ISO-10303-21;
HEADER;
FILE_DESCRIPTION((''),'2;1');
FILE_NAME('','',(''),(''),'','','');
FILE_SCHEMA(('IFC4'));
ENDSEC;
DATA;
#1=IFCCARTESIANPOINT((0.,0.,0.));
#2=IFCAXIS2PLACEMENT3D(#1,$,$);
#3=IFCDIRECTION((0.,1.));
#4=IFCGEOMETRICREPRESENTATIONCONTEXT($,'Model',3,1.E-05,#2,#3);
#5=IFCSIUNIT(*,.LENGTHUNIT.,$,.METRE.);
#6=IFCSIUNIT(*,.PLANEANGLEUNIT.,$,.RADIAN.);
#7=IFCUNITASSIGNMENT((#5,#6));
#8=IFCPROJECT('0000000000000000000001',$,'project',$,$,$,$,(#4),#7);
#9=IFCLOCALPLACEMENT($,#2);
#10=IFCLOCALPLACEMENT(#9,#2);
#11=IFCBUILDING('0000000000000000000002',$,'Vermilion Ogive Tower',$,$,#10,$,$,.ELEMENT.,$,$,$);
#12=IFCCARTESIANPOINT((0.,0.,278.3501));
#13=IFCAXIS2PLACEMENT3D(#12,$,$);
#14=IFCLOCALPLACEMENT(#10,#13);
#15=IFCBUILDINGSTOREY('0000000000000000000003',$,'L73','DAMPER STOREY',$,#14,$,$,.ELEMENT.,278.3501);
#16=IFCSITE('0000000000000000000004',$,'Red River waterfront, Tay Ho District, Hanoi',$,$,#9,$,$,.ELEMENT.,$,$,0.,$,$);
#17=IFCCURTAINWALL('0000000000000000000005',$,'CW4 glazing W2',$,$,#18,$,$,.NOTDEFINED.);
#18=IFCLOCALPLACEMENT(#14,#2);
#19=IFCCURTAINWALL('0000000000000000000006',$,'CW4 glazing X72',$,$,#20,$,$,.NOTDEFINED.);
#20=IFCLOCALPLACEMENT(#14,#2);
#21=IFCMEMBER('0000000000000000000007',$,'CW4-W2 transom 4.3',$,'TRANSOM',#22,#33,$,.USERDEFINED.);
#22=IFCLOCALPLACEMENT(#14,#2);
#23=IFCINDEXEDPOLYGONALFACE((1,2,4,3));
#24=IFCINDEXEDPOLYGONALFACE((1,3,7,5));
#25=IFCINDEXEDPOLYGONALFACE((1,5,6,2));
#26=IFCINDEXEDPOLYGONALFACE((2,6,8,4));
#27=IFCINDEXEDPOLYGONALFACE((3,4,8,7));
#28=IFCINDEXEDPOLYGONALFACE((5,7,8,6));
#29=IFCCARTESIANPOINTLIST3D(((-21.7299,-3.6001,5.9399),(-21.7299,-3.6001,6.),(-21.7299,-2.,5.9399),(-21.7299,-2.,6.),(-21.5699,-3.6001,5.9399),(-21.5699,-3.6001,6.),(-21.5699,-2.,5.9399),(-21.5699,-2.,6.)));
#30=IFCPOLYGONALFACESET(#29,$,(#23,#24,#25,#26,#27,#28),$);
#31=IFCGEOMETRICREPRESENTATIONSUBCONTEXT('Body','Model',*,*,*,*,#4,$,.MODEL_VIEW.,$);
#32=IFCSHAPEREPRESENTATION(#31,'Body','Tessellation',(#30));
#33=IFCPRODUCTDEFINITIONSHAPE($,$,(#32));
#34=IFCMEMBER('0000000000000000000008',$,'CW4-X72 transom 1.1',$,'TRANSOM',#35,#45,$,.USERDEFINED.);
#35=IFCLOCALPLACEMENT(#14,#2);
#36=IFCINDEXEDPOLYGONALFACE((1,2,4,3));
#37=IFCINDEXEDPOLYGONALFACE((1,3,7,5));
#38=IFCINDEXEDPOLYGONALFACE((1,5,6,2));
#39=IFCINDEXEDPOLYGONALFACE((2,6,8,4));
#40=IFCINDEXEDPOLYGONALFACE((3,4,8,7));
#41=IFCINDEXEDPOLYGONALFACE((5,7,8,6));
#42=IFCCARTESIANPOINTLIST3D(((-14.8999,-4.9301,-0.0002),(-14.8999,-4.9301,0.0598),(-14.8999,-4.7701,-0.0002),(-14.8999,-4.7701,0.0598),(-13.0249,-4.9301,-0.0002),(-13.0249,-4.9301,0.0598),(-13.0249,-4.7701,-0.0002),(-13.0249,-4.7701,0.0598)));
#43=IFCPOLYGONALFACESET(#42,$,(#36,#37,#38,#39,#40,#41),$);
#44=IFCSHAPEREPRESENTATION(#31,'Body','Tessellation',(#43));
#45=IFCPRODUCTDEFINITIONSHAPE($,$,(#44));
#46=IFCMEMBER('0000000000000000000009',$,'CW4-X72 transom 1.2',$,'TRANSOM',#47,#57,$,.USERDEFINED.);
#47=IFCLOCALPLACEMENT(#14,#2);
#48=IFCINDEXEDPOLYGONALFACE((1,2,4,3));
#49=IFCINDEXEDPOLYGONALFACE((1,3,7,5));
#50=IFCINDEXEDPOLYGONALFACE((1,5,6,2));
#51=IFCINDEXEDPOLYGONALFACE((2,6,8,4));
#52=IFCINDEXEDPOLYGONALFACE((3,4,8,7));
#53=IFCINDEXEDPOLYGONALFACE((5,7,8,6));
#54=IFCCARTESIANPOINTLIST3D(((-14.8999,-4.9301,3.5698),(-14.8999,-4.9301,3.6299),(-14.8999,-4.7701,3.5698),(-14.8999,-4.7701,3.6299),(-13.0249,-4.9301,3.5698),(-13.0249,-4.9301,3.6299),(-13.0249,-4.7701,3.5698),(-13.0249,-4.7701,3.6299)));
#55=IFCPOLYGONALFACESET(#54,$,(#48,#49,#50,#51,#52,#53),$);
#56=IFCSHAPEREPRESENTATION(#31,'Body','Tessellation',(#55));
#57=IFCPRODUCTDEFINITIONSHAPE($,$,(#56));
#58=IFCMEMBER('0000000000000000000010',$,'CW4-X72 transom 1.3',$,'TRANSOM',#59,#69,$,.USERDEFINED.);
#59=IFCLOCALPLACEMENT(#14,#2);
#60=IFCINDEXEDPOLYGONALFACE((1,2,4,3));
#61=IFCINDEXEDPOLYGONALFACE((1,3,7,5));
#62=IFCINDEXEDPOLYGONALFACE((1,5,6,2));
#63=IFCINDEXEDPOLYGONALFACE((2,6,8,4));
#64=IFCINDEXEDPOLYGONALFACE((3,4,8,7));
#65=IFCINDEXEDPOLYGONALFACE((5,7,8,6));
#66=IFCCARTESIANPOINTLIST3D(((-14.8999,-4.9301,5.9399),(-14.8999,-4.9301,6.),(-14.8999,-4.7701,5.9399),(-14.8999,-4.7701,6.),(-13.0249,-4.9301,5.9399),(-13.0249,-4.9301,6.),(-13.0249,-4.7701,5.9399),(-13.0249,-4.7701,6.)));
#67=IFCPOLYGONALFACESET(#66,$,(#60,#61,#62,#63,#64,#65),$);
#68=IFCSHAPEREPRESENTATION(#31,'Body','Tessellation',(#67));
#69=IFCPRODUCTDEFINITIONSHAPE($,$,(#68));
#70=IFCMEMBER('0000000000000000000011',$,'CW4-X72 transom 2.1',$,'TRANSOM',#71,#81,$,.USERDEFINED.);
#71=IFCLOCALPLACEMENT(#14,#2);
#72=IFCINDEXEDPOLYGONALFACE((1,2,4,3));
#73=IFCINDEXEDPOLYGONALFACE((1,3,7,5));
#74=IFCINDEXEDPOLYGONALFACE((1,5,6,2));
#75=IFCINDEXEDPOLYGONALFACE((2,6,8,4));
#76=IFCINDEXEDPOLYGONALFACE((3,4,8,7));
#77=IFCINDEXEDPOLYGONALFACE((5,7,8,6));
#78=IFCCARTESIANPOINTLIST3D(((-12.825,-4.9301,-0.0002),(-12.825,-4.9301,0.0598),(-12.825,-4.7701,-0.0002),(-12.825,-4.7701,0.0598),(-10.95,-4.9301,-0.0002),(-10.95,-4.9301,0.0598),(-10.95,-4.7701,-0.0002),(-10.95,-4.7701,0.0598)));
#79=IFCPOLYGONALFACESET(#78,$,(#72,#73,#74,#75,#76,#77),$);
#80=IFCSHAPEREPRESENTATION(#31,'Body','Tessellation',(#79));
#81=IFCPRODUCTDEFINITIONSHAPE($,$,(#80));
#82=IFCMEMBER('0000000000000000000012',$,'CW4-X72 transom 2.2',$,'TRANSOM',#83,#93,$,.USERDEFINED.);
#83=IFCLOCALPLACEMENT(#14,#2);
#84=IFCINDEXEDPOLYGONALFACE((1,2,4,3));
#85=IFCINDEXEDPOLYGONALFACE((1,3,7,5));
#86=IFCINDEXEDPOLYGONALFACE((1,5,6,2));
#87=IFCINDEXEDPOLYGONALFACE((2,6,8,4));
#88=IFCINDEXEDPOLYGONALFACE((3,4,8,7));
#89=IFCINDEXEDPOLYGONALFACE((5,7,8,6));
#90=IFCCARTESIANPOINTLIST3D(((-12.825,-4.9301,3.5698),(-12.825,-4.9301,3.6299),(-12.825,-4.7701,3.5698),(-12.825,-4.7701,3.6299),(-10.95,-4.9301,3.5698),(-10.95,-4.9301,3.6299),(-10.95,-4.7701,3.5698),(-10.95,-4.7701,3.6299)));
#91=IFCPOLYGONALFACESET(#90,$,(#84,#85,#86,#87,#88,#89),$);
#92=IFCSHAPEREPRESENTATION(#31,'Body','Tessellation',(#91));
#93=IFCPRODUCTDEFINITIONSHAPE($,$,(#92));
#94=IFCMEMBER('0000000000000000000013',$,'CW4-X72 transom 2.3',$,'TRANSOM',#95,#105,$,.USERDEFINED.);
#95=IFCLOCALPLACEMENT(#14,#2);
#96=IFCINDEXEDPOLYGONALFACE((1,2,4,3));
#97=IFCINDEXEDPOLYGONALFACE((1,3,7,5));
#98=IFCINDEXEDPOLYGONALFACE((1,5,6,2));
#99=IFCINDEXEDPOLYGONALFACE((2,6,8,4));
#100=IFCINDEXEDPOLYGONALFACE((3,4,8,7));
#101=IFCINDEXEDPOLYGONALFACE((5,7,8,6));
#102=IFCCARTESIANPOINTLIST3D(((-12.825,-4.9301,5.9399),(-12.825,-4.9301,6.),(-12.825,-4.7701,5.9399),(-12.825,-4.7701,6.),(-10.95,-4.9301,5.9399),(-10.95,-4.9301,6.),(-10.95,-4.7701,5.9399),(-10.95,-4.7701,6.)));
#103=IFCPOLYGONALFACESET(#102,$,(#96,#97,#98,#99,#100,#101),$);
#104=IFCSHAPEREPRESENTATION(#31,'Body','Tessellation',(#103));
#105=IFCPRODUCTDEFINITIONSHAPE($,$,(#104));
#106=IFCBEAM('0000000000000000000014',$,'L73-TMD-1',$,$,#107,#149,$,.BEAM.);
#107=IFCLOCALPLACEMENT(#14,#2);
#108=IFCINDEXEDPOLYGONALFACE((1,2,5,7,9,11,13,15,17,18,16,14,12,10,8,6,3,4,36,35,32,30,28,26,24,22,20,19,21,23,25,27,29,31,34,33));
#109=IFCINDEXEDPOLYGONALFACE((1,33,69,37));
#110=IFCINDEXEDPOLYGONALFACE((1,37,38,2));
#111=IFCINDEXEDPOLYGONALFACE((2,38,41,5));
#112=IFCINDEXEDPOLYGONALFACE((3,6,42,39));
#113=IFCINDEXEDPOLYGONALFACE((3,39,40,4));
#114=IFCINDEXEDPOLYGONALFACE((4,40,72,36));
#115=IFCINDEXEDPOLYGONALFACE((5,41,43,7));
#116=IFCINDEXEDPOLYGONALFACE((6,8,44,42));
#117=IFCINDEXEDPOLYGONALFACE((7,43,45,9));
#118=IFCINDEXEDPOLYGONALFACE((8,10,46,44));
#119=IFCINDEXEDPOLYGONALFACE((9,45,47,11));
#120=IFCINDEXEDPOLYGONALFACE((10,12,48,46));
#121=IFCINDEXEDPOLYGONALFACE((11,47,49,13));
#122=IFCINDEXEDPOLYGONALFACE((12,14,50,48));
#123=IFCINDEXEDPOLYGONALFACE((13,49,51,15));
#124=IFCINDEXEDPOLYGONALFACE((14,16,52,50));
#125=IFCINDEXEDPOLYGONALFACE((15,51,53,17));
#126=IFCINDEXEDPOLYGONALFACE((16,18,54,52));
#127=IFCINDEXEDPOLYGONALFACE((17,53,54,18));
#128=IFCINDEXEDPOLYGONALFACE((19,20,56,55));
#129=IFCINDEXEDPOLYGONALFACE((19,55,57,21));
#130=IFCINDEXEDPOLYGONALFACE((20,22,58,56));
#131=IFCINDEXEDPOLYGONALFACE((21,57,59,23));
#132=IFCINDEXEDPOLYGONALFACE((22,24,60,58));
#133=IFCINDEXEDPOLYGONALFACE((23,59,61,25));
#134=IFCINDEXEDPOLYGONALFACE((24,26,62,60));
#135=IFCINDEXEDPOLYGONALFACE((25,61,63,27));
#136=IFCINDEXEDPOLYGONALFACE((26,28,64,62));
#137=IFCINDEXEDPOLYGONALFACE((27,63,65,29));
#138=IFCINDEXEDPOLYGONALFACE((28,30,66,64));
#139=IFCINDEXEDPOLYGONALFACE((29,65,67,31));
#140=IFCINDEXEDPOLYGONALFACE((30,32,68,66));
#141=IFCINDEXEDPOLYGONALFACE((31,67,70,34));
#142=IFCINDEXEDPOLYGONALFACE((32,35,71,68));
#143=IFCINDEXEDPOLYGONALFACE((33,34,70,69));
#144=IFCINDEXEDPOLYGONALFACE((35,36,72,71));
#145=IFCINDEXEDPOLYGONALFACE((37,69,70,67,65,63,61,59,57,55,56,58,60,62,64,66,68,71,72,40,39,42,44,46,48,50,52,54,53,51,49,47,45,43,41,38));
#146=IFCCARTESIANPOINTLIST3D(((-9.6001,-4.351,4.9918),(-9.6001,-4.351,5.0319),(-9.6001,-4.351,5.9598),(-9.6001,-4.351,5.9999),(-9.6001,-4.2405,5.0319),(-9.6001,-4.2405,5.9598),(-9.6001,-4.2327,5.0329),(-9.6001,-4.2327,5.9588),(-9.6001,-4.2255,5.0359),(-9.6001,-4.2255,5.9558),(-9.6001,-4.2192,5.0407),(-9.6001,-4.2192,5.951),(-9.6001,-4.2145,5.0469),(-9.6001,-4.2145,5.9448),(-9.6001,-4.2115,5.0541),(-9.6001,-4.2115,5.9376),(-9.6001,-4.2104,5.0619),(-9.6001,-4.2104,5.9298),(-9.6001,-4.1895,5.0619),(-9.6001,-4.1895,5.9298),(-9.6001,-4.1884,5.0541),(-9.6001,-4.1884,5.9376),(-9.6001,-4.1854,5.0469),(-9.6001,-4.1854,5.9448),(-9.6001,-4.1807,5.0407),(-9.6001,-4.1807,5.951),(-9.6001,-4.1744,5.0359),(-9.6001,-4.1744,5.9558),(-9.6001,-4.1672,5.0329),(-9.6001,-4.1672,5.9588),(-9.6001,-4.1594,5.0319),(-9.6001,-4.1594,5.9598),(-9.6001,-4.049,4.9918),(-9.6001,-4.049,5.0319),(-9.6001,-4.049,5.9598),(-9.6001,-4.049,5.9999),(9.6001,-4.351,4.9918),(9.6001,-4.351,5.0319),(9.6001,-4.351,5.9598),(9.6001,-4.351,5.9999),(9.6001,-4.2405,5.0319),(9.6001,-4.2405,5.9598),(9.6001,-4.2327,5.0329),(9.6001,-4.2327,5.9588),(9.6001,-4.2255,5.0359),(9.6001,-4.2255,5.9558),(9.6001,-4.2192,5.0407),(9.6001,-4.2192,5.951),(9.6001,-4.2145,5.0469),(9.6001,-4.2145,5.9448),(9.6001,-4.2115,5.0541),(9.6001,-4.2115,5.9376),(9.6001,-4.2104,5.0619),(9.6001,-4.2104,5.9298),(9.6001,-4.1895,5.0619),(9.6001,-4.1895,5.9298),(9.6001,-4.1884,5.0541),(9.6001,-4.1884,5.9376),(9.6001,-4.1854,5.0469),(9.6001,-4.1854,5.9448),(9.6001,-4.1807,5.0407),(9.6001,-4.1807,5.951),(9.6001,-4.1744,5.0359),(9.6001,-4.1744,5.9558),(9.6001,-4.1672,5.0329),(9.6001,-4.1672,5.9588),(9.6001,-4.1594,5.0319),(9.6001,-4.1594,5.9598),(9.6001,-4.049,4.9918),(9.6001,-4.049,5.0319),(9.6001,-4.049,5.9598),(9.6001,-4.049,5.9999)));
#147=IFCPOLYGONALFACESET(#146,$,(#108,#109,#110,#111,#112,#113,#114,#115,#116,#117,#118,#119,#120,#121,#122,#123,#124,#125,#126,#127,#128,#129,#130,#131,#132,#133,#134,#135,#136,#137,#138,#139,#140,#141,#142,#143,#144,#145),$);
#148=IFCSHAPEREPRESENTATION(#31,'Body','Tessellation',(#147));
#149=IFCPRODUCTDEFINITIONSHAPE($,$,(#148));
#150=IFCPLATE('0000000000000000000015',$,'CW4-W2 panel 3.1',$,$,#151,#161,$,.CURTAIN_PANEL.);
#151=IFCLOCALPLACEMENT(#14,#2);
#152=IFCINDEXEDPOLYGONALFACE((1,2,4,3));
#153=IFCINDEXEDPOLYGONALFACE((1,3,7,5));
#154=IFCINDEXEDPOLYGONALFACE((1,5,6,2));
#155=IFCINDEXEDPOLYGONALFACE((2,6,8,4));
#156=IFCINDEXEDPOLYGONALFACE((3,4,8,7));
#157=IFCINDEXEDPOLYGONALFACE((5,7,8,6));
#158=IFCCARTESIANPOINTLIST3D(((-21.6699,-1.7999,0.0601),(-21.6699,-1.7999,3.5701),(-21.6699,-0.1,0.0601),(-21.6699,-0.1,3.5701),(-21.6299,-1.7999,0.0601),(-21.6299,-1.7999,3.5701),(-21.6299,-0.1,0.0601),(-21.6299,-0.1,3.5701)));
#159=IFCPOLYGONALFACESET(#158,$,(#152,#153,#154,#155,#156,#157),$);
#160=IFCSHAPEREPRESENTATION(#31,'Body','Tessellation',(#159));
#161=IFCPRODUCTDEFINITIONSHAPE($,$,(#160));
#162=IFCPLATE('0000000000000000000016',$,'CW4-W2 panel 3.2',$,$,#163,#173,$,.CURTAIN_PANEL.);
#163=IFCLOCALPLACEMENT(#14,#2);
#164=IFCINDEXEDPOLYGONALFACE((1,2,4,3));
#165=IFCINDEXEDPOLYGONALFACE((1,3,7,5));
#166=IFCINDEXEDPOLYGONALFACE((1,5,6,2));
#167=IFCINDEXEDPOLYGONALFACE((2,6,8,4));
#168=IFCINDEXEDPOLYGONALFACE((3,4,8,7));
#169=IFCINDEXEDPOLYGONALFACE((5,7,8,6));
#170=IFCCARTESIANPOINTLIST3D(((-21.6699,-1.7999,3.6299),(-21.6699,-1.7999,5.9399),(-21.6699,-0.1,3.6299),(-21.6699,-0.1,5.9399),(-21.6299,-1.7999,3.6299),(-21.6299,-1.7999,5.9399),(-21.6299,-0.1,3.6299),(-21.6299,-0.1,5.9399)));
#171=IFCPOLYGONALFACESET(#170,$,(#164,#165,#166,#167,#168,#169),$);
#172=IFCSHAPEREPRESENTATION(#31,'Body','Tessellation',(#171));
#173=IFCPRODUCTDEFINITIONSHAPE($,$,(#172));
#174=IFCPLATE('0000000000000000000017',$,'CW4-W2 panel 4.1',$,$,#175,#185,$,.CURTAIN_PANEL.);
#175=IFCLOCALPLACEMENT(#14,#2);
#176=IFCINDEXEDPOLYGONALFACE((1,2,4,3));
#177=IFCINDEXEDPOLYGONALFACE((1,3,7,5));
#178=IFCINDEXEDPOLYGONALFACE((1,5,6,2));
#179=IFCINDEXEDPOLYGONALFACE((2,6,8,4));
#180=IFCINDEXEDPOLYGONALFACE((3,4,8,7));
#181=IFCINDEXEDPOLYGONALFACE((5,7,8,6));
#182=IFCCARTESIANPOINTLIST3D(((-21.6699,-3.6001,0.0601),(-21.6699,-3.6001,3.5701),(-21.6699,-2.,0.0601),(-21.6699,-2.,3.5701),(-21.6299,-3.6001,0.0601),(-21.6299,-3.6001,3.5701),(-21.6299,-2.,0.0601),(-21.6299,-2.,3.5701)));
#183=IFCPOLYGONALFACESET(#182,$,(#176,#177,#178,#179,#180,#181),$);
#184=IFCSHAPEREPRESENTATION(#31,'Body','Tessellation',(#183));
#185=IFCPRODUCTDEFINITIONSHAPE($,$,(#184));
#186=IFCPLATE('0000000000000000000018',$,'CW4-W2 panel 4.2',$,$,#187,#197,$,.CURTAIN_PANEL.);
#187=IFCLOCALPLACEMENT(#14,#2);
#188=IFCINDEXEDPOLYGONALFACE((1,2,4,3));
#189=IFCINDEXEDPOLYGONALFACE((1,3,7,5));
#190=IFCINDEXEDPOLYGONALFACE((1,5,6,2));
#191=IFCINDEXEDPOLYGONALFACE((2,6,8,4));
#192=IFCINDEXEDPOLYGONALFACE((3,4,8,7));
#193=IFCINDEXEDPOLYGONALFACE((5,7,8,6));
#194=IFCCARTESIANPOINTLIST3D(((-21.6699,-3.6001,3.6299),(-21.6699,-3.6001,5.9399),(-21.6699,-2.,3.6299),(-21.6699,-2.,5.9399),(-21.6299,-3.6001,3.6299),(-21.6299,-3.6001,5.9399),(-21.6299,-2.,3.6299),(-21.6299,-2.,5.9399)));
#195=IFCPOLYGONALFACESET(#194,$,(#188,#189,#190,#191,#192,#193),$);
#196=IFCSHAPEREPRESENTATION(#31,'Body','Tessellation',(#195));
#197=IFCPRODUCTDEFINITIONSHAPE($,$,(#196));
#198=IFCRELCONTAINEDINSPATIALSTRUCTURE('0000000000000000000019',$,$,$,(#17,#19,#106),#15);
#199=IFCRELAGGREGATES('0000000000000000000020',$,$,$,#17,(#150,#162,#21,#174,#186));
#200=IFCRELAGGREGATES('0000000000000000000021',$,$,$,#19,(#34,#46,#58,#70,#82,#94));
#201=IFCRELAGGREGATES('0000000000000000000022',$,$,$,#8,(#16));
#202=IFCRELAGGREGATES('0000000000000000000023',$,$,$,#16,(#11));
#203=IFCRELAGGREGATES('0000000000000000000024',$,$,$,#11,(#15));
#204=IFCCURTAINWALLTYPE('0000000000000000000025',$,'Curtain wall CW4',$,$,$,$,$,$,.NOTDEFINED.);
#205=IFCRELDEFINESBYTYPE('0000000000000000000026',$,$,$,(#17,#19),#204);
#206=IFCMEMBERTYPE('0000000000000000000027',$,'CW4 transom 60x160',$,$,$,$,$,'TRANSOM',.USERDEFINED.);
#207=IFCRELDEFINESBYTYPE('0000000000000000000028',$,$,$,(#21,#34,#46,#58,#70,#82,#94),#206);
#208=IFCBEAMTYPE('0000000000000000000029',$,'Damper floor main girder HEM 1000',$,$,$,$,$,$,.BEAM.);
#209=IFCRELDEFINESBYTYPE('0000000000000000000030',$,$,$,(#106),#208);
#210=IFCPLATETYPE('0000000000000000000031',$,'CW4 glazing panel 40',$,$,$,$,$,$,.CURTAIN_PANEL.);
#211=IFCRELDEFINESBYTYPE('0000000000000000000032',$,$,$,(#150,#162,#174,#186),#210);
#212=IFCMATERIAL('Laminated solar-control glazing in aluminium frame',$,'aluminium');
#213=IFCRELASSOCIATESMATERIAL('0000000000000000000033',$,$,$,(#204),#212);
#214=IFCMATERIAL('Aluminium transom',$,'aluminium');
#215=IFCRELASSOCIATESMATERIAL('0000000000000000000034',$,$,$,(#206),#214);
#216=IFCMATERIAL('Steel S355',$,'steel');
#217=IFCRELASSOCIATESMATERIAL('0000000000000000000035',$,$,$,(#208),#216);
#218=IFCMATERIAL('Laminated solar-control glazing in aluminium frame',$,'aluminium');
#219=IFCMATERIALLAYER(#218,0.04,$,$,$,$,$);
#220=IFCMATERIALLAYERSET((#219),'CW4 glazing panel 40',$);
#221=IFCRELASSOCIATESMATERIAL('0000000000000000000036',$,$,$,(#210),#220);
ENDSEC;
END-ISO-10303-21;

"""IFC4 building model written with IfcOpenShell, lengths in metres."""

from ifc_helpers import new_model, si_unit, direction, frame, origin, origin_2d, place, context, subcontext, project, spatial, rectangle, i_section, extrude, material, layer, layer_set, material_profile, profile_set, type_object, element, aggregate, save


model = new_model("IFC4")

# Units and contexts
model_context = context("Model", 3, precision=1e-05, world=origin(), true_north=direction((0.0, 1.0)))
body_context = subcontext(model_context, "Body", "Model", "MODEL_VIEW")
ifc_project = project(units=[si_unit("LENGTHUNIT", "METRE"), si_unit("PLANEANGLEUNIT", "RADIAN")], contexts=[model_context])

# Site, building, storey
site_placement = place(None, origin())
site = spatial("IfcSite", under=ifc_project, at=site_placement, Name="Red River waterfront, Tay Ho District, Hanoi", CompositionType="ELEMENT", RefElevation=0.0)
building_placement = place(site_placement, origin())
building = spatial("IfcBuilding", under=site, at=building_placement, Name="Vermilion Ogive Tower", CompositionType="ELEMENT")
storey_placement = place(building_placement, frame((0.0, 0.0, 278.3501)))
storey = spatial("IfcBuildingStorey", under=building, at=storey_placement, Name="L73", Description="DAMPER STOREY", CompositionType="ELEMENT", Elevation=278.3501)

# Curtain wall
ifc_material_1 = material(Name="Laminated solar-control glazing in aluminium frame", Category="aluminium")
curtain_wall_type = type_object("IfcCurtainWallType", Name="Curtain wall CW4", PredefinedType="NOTDEFINED", material=ifc_material_1)
curtain_wall_1_placement = place(storey_placement, origin())
curtain_wall_1 = element("IfcCurtainWall", 1, at=curtain_wall_1_placement, inside=storey, type_object=curtain_wall_type, Name="CW4 glazing W2", PredefinedType="NOTDEFINED")

# Curtain wall
curtain_wall_2_placement = place(storey_placement, origin())
curtain_wall_2 = element("IfcCurtainWall", 2, at=curtain_wall_2_placement, inside=storey, type_object=curtain_wall_type, Name="CW4 glazing X72", PredefinedType="NOTDEFINED")

# Members
ifc_material_2 = material(Name="Aluminium transom", Category="aluminium")
ifc_material_profile_1 = material_profile(ifc_material_2, rectangle(XDim=0.1599, YDim=0.0601, at=origin_2d()), Name="AL 60x160")
ifc_profile_set_1 = profile_set([ifc_material_profile_1], Name="Aluminium transom")
member_type_1 = type_object("IfcMemberType", Name="CW4 transom 60x160", ElementType="TRANSOM", PredefinedType="USERDEFINED", material=ifc_profile_set_1)
member_1_placement = place(storey_placement, frame((-21.6499, -2.0, 5.97), z_axis=(0.0, -1.0, 0.0), x_axis=(1.0, 0.0, 0.0)))
member_1 = element("IfcMember", 3, at=member_1_placement, type_object=member_type_1, Name="CW4-W2 transom 4.3", ObjectType="TRANSOM", PredefinedType="USERDEFINED", context=body_context, shape_type="SweptSolid", body=[
    extrude(rectangle(XDim=0.1599, YDim=0.0601, at=origin_2d()), origin(), (0.0, 0.0, 1.0), 1.6001),
])
member_2_placement = place(storey_placement, frame((-14.8999, -4.8501, 0.0298), z_axis=(1.0, 0.0, 0.0), x_axis=(0.0, 1.0, 0.0)))
member_2 = element("IfcMember", 4, at=member_2_placement, type_object=member_type_1, Name="CW4-X72 transom 1.1", ObjectType="TRANSOM", PredefinedType="USERDEFINED", context=body_context, shape_type="SweptSolid", body=[
    extrude(rectangle(XDim=0.1599, YDim=0.0601, at=origin_2d()), origin(), (0.0, 0.0, 1.0), 1.875),
])
member_3_placement = place(storey_placement, frame((-14.8999, -4.8501, 3.5999), z_axis=(1.0, 0.0, 0.0), x_axis=(0.0, 1.0, 0.0)))
member_3 = element("IfcMember", 5, at=member_3_placement, type_object=member_type_1, Name="CW4-X72 transom 1.2", ObjectType="TRANSOM", PredefinedType="USERDEFINED", context=body_context, shape_type="SweptSolid", body=[
    extrude(rectangle(XDim=0.1599, YDim=0.0601, at=origin_2d()), origin(), (0.0, 0.0, 1.0), 1.875),
])
member_4_placement = place(storey_placement, frame((-14.8999, -4.8501, 5.97), z_axis=(1.0, 0.0, 0.0), x_axis=(0.0, 1.0, 0.0)))
member_4 = element("IfcMember", 6, at=member_4_placement, type_object=member_type_1, Name="CW4-X72 transom 1.3", ObjectType="TRANSOM", PredefinedType="USERDEFINED", context=body_context, shape_type="SweptSolid", body=[
    extrude(rectangle(XDim=0.1599, YDim=0.0601, at=origin_2d()), origin(), (0.0, 0.0, 1.0), 1.875),
])
member_5_placement = place(storey_placement, frame((-12.825, -4.8501, 0.0298), z_axis=(1.0, 0.0, 0.0), x_axis=(0.0, 1.0, 0.0)))
member_5 = element("IfcMember", 7, at=member_5_placement, type_object=member_type_1, Name="CW4-X72 transom 2.1", ObjectType="TRANSOM", PredefinedType="USERDEFINED", context=body_context, shape_type="SweptSolid", body=[
    extrude(rectangle(XDim=0.1599, YDim=0.0601, at=origin_2d()), origin(), (0.0, 0.0, 1.0), 1.875),
])
member_6_placement = place(storey_placement, frame((-12.825, -4.8501, 3.5999), z_axis=(1.0, 0.0, 0.0), x_axis=(0.0, 1.0, 0.0)))
member_6 = element("IfcMember", 8, at=member_6_placement, type_object=member_type_1, Name="CW4-X72 transom 2.2", ObjectType="TRANSOM", PredefinedType="USERDEFINED", context=body_context, shape_type="SweptSolid", body=[
    extrude(rectangle(XDim=0.1599, YDim=0.0601, at=origin_2d()), origin(), (0.0, 0.0, 1.0), 1.875),
])
member_7_placement = place(storey_placement, frame((-12.825, -4.8501, 5.97), z_axis=(1.0, 0.0, 0.0), x_axis=(0.0, 1.0, 0.0)))
member_7 = element("IfcMember", 9, at=member_7_placement, type_object=member_type_1, Name="CW4-X72 transom 2.3", ObjectType="TRANSOM", PredefinedType="USERDEFINED", context=body_context, shape_type="SweptSolid", body=[
    extrude(rectangle(XDim=0.1599, YDim=0.0601, at=origin_2d()), origin(), (0.0, 0.0, 1.0), 1.875),
])

# Beam
ifc_material_3 = material(Name="Steel S355", Category="steel")
ifc_material_profile_2 = material_profile(ifc_material_3, i_section(OverallWidth=0.302, OverallDepth=1.0081, WebThickness=0.021, FlangeThickness=0.04, FilletRadius=0.03, at=origin_2d()), Name="HEM 1000")
ifc_profile_set_2 = profile_set([ifc_material_profile_2], Name="Steel S355")
beam_type = type_object("IfcBeamType", Name="Damper floor main girder HEM 1000", PredefinedType="BEAM", material=ifc_profile_set_2)
beam_placement = place(storey_placement, frame((-9.6001, -4.2, 5.4958), z_axis=(1.0, 0.0, 0.0), x_axis=(0.0, 1.0, 0.0)))
element("IfcBeam", 10, at=beam_placement, inside=storey, type_object=beam_type, Name="L73-TMD-1", PredefinedType="BEAM", context=body_context, shape_type="SweptSolid", body=[
    extrude(i_section(OverallWidth=0.302, OverallDepth=1.0081, WebThickness=0.021, FlangeThickness=0.04, FilletRadius=0.03, at=origin_2d()), origin(), (0.0, 0.0, 1.0), 19.2002),
])

# Plates
ifc_material_4 = material(Name="Laminated solar-control glazing in aluminium frame", Category="aluminium")
ifc_layer_1 = layer(ifc_material_4, 0.04)
ifc_layer_set_1 = layer_set([ifc_layer_1], Name="CW4 glazing panel 40")
plate_type = type_object("IfcPlateType", Name="CW4 glazing panel 40", PredefinedType="CURTAIN_PANEL", material=ifc_layer_set_1)
plate_1_placement = place(storey_placement, frame((-21.6499, -0.95, 0.0601), z_axis=(0.0, 0.0, 1.0), x_axis=(0.0, -1.0, 0.0)))
plate_1 = element("IfcPlate", 11, at=plate_1_placement, type_object=plate_type, Name="CW4-W2 panel 3.1", PredefinedType="CURTAIN_PANEL", context=body_context, shape_type="SweptSolid", body=[
    extrude(rectangle(XDim=1.7, YDim=0.04, at=origin_2d()), origin(), (0.0, 0.0, 1.0), 3.51),
])
plate_2_placement = place(storey_placement, frame((-21.6499, -0.95, 3.6299), z_axis=(0.0, 0.0, 1.0), x_axis=(0.0, -1.0, 0.0)))
plate_2 = element("IfcPlate", 12, at=plate_2_placement, type_object=plate_type, Name="CW4-W2 panel 3.2", PredefinedType="CURTAIN_PANEL", context=body_context, shape_type="SweptSolid", body=[
    extrude(rectangle(XDim=1.7, YDim=0.04, at=origin_2d()), origin(), (0.0, 0.0, 1.0), 2.3101),
])
plate_3_placement = place(storey_placement, frame((-21.6499, -2.8, 0.0601), z_axis=(0.0, 0.0, 1.0), x_axis=(0.0, -1.0, 0.0)))
plate_3 = element("IfcPlate", 13, at=plate_3_placement, type_object=plate_type, Name="CW4-W2 panel 4.1", PredefinedType="CURTAIN_PANEL", context=body_context, shape_type="SweptSolid", body=[
    extrude(rectangle(XDim=1.6001, YDim=0.04, at=origin_2d()), origin(), (0.0, 0.0, 1.0), 3.51),
])
plate_4_placement = place(storey_placement, frame((-21.6499, -2.8, 3.6299), z_axis=(0.0, 0.0, 1.0), x_axis=(0.0, -1.0, 0.0)))
plate_4 = element("IfcPlate", 14, at=plate_4_placement, type_object=plate_type, Name="CW4-W2 panel 4.2", PredefinedType="CURTAIN_PANEL", context=body_context, shape_type="SweptSolid", body=[
    extrude(rectangle(XDim=1.6001, YDim=0.04, at=origin_2d()), origin(), (0.0, 0.0, 1.0), 2.3101),
])
aggregate(curtain_wall_1, [plate_1, plate_2, member_1, plate_3, plate_4])
aggregate(curtain_wall_2, [member_2, member_3, member_4, member_5, member_6, member_7])

save(model, "model.ifc")
